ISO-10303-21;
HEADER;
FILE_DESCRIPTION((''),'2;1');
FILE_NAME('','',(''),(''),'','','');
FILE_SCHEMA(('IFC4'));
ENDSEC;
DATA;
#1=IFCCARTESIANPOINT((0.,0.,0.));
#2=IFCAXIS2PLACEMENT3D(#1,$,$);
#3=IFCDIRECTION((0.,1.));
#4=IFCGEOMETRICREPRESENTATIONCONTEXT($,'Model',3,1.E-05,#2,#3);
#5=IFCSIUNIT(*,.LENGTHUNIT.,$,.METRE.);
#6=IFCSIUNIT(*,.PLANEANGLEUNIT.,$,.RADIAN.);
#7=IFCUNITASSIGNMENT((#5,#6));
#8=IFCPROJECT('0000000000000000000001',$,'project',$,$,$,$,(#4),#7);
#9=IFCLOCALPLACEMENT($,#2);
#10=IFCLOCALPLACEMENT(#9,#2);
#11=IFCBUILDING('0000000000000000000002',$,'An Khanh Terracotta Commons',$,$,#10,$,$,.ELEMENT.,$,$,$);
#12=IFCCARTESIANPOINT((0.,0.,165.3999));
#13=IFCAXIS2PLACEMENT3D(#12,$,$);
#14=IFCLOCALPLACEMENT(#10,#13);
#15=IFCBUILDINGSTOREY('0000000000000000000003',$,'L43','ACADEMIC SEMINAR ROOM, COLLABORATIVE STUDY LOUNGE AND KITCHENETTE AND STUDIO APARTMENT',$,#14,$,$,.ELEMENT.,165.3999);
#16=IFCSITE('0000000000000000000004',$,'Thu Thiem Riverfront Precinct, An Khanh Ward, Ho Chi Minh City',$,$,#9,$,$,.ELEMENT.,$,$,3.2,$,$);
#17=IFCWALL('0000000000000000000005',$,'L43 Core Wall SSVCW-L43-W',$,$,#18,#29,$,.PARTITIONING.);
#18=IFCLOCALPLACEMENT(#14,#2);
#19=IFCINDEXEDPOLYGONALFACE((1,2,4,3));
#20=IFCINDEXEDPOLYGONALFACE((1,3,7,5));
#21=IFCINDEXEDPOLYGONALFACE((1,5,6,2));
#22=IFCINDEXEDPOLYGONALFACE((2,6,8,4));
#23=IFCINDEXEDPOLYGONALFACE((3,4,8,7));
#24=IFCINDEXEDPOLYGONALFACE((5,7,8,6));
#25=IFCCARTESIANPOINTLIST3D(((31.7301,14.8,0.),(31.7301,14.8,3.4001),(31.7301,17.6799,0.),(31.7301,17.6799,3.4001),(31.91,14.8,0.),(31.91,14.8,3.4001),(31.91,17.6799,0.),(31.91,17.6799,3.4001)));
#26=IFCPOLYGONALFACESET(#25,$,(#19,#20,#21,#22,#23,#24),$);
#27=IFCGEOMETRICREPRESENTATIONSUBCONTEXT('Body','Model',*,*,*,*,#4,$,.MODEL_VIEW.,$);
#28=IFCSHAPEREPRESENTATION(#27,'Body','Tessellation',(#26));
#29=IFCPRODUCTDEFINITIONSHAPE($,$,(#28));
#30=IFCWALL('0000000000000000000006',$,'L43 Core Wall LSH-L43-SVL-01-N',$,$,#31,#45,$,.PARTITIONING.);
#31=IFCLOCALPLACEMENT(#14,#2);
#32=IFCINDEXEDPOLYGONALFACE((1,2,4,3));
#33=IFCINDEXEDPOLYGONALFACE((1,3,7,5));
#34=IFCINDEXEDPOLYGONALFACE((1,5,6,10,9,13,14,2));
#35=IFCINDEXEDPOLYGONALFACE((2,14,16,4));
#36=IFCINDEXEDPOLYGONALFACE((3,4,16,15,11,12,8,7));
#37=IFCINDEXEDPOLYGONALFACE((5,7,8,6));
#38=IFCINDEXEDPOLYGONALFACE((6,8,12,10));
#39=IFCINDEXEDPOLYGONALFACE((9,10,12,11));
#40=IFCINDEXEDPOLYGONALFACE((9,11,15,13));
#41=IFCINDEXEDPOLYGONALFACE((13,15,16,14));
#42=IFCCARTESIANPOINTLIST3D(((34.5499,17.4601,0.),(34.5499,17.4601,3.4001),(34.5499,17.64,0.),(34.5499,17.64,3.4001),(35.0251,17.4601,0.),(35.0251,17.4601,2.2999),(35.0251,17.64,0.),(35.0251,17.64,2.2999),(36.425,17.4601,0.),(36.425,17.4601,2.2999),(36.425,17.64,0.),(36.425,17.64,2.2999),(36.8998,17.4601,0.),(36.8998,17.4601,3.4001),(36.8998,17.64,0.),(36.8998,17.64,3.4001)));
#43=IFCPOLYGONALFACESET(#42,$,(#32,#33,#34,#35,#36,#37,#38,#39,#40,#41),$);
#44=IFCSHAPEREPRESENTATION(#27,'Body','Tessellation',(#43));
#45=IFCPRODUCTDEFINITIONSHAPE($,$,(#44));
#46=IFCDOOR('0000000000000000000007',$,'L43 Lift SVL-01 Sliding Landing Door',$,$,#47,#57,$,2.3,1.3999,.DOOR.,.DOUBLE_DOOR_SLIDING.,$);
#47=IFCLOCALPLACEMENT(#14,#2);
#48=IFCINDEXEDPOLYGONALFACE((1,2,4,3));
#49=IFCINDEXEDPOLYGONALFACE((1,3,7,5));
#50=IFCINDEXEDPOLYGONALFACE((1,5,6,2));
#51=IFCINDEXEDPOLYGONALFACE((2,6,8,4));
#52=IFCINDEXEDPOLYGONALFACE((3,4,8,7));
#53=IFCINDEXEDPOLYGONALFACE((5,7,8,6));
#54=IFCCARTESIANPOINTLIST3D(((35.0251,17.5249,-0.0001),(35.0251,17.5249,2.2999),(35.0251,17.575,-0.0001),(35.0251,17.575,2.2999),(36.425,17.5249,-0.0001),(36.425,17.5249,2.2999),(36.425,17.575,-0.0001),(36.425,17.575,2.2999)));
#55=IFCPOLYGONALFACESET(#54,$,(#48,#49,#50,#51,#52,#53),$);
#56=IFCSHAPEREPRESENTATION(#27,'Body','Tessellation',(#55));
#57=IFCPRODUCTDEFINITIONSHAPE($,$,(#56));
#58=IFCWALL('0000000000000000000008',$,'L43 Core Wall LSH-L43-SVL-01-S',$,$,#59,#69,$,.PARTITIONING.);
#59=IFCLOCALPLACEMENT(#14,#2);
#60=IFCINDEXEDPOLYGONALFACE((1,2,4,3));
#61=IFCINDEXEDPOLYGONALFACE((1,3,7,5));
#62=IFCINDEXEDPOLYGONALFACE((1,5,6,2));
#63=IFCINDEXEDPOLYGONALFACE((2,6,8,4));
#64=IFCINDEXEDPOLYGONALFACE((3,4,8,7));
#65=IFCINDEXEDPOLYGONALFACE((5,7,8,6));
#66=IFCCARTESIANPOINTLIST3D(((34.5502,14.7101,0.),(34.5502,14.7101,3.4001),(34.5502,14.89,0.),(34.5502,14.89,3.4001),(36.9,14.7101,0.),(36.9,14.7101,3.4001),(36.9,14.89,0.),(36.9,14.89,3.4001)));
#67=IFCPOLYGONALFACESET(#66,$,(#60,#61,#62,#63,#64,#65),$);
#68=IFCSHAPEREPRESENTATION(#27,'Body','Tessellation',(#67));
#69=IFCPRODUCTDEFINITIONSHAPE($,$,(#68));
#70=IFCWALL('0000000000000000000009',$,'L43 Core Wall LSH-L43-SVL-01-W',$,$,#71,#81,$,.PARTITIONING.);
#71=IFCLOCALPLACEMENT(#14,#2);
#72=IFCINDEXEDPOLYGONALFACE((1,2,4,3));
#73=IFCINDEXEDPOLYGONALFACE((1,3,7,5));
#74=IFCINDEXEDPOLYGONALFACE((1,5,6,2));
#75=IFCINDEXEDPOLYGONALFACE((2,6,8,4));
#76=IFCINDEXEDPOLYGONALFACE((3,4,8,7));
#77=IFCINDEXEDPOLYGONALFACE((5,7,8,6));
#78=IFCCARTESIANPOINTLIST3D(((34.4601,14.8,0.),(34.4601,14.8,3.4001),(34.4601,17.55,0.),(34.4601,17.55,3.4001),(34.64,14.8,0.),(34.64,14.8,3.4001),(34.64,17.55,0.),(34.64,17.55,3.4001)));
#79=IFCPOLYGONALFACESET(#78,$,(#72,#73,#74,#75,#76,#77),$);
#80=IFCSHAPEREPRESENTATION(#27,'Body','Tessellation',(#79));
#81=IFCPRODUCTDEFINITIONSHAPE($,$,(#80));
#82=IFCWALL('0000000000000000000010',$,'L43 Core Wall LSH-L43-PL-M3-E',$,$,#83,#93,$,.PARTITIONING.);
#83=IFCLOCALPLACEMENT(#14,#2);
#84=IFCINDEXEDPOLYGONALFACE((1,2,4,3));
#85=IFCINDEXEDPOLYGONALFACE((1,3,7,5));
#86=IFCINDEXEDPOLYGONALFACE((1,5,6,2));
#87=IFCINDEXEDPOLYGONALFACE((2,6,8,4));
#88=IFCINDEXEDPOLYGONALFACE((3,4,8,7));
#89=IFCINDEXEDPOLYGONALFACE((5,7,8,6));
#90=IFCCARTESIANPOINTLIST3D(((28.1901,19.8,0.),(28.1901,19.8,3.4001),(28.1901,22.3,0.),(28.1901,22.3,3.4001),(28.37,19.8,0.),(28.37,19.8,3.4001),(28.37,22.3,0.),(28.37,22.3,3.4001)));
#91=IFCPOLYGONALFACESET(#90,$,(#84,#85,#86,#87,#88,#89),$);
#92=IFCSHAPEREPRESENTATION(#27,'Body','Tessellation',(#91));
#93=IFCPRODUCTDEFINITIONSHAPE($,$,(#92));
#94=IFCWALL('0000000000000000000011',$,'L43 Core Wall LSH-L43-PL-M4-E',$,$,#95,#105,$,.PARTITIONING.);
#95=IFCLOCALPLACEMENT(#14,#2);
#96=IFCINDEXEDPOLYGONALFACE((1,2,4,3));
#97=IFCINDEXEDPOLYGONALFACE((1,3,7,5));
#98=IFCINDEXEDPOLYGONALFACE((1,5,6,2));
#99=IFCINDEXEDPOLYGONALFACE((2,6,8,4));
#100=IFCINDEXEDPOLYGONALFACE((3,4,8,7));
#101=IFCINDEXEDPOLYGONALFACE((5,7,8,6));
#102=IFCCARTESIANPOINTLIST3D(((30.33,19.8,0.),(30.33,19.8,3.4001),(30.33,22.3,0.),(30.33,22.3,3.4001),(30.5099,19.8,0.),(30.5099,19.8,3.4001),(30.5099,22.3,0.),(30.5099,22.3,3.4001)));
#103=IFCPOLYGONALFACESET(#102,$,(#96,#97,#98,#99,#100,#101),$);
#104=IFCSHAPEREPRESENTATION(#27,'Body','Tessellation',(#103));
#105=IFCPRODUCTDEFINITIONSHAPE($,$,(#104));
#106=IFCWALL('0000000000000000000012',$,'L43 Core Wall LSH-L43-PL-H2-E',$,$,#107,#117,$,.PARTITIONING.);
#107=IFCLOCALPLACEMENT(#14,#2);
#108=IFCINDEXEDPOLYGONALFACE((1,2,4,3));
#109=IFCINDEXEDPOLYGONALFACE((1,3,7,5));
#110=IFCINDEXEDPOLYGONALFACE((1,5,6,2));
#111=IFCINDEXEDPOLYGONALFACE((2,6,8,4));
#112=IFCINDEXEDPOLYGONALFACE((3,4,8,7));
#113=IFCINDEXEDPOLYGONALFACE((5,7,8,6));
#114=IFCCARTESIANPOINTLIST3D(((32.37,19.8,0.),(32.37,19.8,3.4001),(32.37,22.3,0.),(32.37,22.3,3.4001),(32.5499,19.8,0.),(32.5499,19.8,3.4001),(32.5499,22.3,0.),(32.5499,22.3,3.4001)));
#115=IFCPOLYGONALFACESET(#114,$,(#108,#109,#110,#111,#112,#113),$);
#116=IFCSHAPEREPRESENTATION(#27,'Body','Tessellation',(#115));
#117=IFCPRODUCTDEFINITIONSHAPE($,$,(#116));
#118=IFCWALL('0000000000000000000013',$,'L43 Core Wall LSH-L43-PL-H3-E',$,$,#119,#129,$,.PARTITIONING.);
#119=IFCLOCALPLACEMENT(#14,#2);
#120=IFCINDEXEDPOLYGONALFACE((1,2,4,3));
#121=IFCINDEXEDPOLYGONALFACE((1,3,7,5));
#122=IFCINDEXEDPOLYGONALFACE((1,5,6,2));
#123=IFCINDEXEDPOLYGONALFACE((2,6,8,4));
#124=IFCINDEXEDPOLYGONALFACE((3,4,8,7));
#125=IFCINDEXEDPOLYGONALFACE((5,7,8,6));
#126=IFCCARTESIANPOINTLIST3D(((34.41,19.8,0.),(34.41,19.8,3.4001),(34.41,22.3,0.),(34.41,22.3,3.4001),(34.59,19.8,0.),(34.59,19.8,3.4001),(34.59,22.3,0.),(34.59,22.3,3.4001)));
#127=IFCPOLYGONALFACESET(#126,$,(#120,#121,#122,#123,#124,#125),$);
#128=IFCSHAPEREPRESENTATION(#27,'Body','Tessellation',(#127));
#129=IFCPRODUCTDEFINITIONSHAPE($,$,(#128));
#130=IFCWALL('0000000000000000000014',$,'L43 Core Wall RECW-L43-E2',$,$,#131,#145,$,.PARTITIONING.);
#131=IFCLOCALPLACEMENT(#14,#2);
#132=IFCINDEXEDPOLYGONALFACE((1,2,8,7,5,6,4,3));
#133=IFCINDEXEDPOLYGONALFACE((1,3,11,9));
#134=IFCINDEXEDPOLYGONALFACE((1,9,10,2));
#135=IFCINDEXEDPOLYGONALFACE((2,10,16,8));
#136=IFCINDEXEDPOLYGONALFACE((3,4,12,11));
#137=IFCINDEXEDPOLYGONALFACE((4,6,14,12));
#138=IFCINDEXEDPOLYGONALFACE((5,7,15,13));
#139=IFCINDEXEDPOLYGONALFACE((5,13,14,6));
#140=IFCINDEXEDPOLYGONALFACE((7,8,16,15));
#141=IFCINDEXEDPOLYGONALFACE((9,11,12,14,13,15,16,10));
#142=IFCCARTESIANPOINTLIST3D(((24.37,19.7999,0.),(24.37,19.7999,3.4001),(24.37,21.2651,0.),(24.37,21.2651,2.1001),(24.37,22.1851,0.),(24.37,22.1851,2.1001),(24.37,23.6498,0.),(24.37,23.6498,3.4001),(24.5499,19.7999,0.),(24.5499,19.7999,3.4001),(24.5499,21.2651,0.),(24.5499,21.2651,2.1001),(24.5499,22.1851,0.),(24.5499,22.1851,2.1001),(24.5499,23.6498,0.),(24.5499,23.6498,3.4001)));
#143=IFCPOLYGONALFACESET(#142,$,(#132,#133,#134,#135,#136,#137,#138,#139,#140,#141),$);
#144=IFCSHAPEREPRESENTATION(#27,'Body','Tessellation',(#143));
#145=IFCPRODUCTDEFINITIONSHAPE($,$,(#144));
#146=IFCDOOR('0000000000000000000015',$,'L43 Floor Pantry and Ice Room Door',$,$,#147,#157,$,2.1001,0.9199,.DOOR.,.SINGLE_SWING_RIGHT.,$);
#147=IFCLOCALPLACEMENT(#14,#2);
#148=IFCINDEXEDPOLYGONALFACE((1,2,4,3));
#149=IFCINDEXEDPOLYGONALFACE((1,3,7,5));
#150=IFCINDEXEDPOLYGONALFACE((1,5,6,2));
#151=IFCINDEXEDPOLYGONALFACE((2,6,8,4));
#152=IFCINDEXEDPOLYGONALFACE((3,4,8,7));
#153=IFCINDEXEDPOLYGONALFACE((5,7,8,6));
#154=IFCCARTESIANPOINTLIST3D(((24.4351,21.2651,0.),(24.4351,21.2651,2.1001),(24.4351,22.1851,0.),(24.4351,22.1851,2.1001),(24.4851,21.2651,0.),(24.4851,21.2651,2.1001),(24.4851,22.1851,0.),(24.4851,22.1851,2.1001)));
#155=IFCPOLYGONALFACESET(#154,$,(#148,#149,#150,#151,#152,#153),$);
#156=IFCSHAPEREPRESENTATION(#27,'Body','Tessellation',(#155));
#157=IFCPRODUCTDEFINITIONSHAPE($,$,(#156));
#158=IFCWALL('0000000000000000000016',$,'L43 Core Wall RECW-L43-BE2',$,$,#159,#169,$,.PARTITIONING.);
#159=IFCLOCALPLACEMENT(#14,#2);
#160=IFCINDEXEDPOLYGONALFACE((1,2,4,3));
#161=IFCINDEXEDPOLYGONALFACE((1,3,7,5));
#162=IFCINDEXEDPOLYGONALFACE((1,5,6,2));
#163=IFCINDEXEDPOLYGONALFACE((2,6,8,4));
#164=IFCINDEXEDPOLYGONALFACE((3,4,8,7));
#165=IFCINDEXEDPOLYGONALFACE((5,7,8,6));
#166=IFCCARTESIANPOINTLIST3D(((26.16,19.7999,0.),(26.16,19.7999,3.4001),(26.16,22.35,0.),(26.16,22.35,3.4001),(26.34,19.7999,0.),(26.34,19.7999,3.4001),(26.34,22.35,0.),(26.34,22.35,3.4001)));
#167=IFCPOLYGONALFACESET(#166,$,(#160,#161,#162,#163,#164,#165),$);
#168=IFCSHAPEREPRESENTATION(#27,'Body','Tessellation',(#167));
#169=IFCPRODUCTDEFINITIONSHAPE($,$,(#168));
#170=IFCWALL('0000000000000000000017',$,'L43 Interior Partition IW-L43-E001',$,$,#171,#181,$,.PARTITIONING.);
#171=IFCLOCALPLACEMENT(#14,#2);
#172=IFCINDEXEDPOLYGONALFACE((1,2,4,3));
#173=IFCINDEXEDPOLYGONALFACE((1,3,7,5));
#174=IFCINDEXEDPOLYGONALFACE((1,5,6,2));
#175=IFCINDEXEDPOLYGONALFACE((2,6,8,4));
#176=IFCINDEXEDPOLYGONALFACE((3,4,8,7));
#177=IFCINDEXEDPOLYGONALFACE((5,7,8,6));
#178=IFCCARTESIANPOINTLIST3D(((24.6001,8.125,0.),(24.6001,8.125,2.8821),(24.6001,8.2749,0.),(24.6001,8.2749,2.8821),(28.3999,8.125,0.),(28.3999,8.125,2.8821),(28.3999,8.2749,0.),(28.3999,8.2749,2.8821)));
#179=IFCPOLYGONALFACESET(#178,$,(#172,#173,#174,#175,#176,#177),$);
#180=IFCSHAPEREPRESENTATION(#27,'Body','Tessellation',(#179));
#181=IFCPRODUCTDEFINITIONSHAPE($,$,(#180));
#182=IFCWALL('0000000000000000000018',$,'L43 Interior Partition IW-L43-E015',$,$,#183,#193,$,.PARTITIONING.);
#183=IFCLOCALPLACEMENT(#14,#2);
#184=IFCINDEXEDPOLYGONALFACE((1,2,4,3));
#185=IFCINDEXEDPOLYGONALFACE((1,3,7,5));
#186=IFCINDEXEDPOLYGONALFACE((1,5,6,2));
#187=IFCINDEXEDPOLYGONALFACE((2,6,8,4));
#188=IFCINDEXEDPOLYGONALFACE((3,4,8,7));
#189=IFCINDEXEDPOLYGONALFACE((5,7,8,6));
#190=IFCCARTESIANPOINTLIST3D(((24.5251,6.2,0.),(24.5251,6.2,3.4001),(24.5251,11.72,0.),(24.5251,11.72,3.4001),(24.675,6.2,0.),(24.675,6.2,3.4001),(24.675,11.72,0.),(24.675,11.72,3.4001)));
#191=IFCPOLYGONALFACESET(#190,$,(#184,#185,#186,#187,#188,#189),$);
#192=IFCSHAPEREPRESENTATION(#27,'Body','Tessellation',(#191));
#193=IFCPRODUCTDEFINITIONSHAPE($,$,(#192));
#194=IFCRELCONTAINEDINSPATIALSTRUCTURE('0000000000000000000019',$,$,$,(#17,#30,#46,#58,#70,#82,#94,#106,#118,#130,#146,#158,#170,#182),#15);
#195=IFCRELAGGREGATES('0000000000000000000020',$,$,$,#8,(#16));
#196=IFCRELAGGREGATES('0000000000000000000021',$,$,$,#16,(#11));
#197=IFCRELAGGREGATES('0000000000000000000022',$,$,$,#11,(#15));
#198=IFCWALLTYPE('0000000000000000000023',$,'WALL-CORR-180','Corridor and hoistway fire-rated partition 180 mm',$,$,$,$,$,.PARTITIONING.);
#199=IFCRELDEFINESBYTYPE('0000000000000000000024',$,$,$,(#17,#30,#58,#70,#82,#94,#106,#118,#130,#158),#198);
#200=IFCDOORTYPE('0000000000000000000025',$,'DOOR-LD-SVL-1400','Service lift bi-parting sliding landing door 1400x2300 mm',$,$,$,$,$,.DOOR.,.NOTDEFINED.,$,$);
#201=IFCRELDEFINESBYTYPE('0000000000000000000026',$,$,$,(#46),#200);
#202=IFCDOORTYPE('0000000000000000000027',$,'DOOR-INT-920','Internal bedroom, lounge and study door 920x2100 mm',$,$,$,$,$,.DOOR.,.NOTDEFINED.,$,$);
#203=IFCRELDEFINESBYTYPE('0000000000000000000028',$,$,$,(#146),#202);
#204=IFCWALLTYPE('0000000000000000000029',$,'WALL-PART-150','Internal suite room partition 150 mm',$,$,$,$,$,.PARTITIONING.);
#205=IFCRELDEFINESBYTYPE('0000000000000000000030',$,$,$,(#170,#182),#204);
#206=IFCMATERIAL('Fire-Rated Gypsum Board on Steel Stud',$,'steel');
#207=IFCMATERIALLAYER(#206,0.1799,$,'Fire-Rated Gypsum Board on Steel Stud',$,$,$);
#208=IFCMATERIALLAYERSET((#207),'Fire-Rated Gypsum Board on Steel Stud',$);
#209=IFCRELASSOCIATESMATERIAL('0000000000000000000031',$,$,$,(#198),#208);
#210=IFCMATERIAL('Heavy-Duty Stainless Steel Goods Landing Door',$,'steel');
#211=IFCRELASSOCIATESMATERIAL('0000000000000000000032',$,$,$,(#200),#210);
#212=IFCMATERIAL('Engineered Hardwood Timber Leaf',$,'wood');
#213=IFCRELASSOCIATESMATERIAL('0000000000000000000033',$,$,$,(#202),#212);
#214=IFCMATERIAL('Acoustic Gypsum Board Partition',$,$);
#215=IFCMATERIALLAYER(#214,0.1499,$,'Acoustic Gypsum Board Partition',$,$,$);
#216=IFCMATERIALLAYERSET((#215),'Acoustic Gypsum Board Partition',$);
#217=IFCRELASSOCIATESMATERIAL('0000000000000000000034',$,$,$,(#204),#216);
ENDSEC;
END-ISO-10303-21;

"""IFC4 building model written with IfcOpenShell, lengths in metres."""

from ifc_helpers import new_model, si_unit, direction, frame, frame_2d, origin, place, context, subcontext, project, spatial, rectangle, extrude, material, layer, layer_set, type_object, element, fill, save


model = new_model("IFC4")

# Units and contexts
model_context = context("Model", 3, precision=1e-05, world=origin(), true_north=direction((0.0, 1.0)))
body_context = subcontext(model_context, "Body", "Model", "MODEL_VIEW")
ifc_project = project(units=[si_unit("LENGTHUNIT", "METRE"), si_unit("PLANEANGLEUNIT", "RADIAN")], contexts=[model_context])

# Site, building, storey
site_placement = place(None, origin())
site = spatial("IfcSite", under=ifc_project, at=site_placement, Name="Thu Thiem Riverfront Precinct, An Khanh Ward, Ho Chi Minh City", CompositionType="ELEMENT", RefElevation=3.2)
building_placement = place(site_placement, origin())
building = spatial("IfcBuilding", under=site, at=building_placement, Name="An Khanh Terracotta Commons", CompositionType="ELEMENT")
storey_placement = place(building_placement, frame((0.0, 0.0, 165.3999)))
storey = spatial("IfcBuildingStorey", under=building, at=storey_placement, Name="L43", Description="ACADEMIC SEMINAR ROOM, COLLABORATIVE STUDY LOUNGE AND KITCHENETTE AND STUDIO APARTMENT", CompositionType="ELEMENT", Elevation=165.3999)

# Shared definitions
ifc_material_1 = material(Name="Fire-Rated Gypsum Board on Steel Stud", Category="steel")
ifc_layer_1 = layer(ifc_material_1, 0.1799, Name="Fire-Rated Gypsum Board on Steel Stud")
ifc_layer_set_1 = layer_set([ifc_layer_1], Name="Fire-Rated Gypsum Board on Steel Stud")
wall_type_1 = type_object("IfcWallType", Name="WALL-CORR-180", Description="Corridor and hoistway fire-rated partition 180 mm", PredefinedType="PARTITIONING", material=ifc_layer_set_1)

# Wall
wall_1_placement = place(storey_placement, frame((31.8201, 14.8, 0.0), z_axis=(0.0, 0.0, 1.0), x_axis=(0.0, 1.0, 0.0)))
element("IfcWall", 1, at=wall_1_placement, inside=storey, type_object=wall_type_1, Name="L43 Core Wall SSVCW-L43-W", PredefinedType="PARTITIONING", context=body_context, shape_type="SweptSolid", body=[
    extrude(rectangle(XDim=2.8799, YDim=0.1799, at=frame_2d((1.4399, 0.0))), origin(), (0.0, 0.0, 1.0), 3.4001),
])

# Wall, opening, door
wall_2_placement = place(storey_placement, frame((34.55, 17.55, 0.0), z_axis=(0.0, 0.0, 1.0), x_axis=(1.0, 0.0, 0.0)))
wall_2 = element("IfcWall", 2, at=wall_2_placement, inside=storey, type_object=wall_type_1, Name="L43 Core Wall LSH-L43-SVL-01-N", PredefinedType="PARTITIONING", context=body_context, shape_type="SweptSolid", body=[
    extrude(rectangle(XDim=2.3499, YDim=0.1799, at=frame_2d((1.1748, 0.0))), origin(), (0.0, 0.0, 1.0), 3.4001),
])
opening_1_placement = place(wall_2_placement, frame((0.4751, 0.0, 0.0)))
opening_1 = element("IfcOpeningElement", 3, at=opening_1_placement, cuts=wall_2, PredefinedType="OPENING", context=body_context, shape_type="SweptSolid", body=[
    extrude(rectangle(XDim=1.3999, YDim=2.3, at=frame_2d((0.7, 1.1499))), frame((0.0, 0.0999, 0.0), z_axis=(0.0, -1.0, 0.0), x_axis=(1.0, 0.0, 0.0)), (0.0, 0.0, 1.0), 0.2),
])
ifc_material_2 = material(Name="Heavy-Duty Stainless Steel Goods Landing Door", Category="steel")
door_type_1 = type_object("IfcDoorType", Name="DOOR-LD-SVL-1400", Description="Service lift bi-parting sliding landing door 1400x2300 mm", OperationType="NOTDEFINED", PredefinedType="DOOR", material=ifc_material_2)
door_1_placement = place(opening_1_placement, origin())
door_1 = element("IfcDoor", 4, at=door_1_placement, inside=storey, type_object=door_type_1, Name="L43 Lift SVL-01 Sliding Landing Door", OperationType="DOUBLE_DOOR_SLIDING", OverallHeight=2.3, OverallWidth=1.3999, PredefinedType="DOOR", context=body_context, shape_type="SweptSolid", body=[
    extrude(rectangle(XDim=1.3999, YDim=2.3, at=frame_2d((0.7, 1.1499))), frame((0.0, 0.0249, 0.0), z_axis=(0.0, -1.0, 0.0), x_axis=(1.0, 0.0, 0.0)), (0.0, 0.0, 1.0), 0.05),
])
fill(opening_1, door_1)

# Walls
wall_3_placement = place(storey_placement, frame((36.8999, 14.8, 0.0), z_axis=(0.0, 0.0, 1.0), x_axis=(-1.0, 0.0, 0.0)))
element("IfcWall", 5, at=wall_3_placement, inside=storey, type_object=wall_type_1, Name="L43 Core Wall LSH-L43-SVL-01-S", PredefinedType="PARTITIONING", context=body_context, shape_type="SweptSolid", body=[
    extrude(rectangle(XDim=2.3499, YDim=0.1799, at=frame_2d((1.1748, 0.0))), origin(), (0.0, 0.0, 1.0), 3.4001),
])
wall_4_placement = place(storey_placement, frame((34.55, 17.55, 0.0), z_axis=(0.0, 0.0, 1.0), x_axis=(0.0, -1.0, 0.0)))
element("IfcWall", 6, at=wall_4_placement, inside=storey, type_object=wall_type_1, Name="L43 Core Wall LSH-L43-SVL-01-W", PredefinedType="PARTITIONING", context=body_context, shape_type="SweptSolid", body=[
    extrude(rectangle(XDim=2.75, YDim=0.1799, at=frame_2d((1.375, 0.0))), origin(), (0.0, 0.0, 1.0), 3.4001),
])
for number, where, z_axis, x_axis, name in (
    (7, (28.28, 19.8, 0.0), (0.0, 0.0, 1.0), (0.0, 1.0, 0.0), "L43 Core Wall LSH-L43-PL-M3-E"),
    (8, (30.4199, 19.8, 0.0), (0.0, 0.0, 1.0), (0.0, 1.0, 0.0), "L43 Core Wall LSH-L43-PL-M4-E"),
    (9, (32.46, 19.8, 0.0), (0.0, 0.0, 1.0), (0.0, 1.0, 0.0), "L43 Core Wall LSH-L43-PL-H2-E"),
    (10, (34.5, 19.8, 0.0), (0.0, 0.0, 1.0), (0.0, 1.0, 0.0), "L43 Core Wall LSH-L43-PL-H3-E"),
):
    element("IfcWall", number, at=place(storey_placement, frame(where, z_axis=z_axis, x_axis=x_axis)), inside=storey, type_object=wall_type_1, Name=name, PredefinedType="PARTITIONING", context=body_context, shape_type="SweptSolid", body=[
        extrude(rectangle(XDim=2.5, YDim=0.1799, at=frame_2d((1.25, 0.0))), origin(), (0.0, 0.0, 1.0), 3.4001),
    ])

# Wall, opening, door
wall_5_placement = place(storey_placement, frame((24.46, 19.8, 0.0), z_axis=(0.0, 0.0, 1.0), x_axis=(0.0, 1.0, 0.0)))
wall_5 = element("IfcWall", 11, at=wall_5_placement, inside=storey, type_object=wall_type_1, Name="L43 Core Wall RECW-L43-E2", PredefinedType="PARTITIONING", context=body_context, shape_type="SweptSolid", body=[
    extrude(rectangle(XDim=3.8499, YDim=0.1799, at=frame_2d((1.9248, 0.0))), origin(), (0.0, 0.0, 1.0), 3.4001),
])
opening_2_placement = place(wall_5_placement, frame((1.4651, 0.0, 0.0)))
opening_2 = element("IfcOpeningElement", 12, at=opening_2_placement, cuts=wall_5, PredefinedType="OPENING", context=body_context, shape_type="SweptSolid", body=[
    extrude(rectangle(XDim=0.9199, YDim=2.1001, at=frame_2d((0.46, 1.05))), frame((0.0, 0.0999, 0.0), z_axis=(0.0, -1.0, 0.0), x_axis=(1.0, 0.0, 0.0)), (0.0, 0.0, 1.0), 0.2),
])
ifc_material_3 = material(Name="Engineered Hardwood Timber Leaf", Category="wood")
door_type_2 = type_object("IfcDoorType", Name="DOOR-INT-920", Description="Internal bedroom, lounge and study door 920x2100 mm", OperationType="NOTDEFINED", PredefinedType="DOOR", material=ifc_material_3)
door_2_placement = place(opening_2_placement, origin())
door_2 = element("IfcDoor", 13, at=door_2_placement, inside=storey, type_object=door_type_2, Name="L43 Floor Pantry and Ice Room Door", OperationType="SINGLE_SWING_RIGHT", OverallHeight=2.1001, OverallWidth=0.9199, PredefinedType="DOOR", context=body_context, shape_type="SweptSolid", body=[
    extrude(rectangle(XDim=0.9199, YDim=2.1001, at=frame_2d((0.46, 1.05))), frame((0.0, 0.0249, 0.0), z_axis=(0.0, -1.0, 0.0), x_axis=(1.0, 0.0, 0.0)), (0.0, 0.0, 1.0), 0.05),
])
fill(opening_2, door_2)

# Walls
wall_6_placement = place(storey_placement, frame((26.25, 19.8, 0.0), z_axis=(0.0, 0.0, 1.0), x_axis=(0.0, 1.0, 0.0)))
element("IfcWall", 14, at=wall_6_placement, inside=storey, type_object=wall_type_1, Name="L43 Core Wall RECW-L43-BE2", PredefinedType="PARTITIONING", context=body_context, shape_type="SweptSolid", body=[
    extrude(rectangle(XDim=2.55, YDim=0.1799, at=frame_2d((1.2749, 0.0))), origin(), (0.0, 0.0, 1.0), 3.4001),
])
ifc_material_4 = material(Name="Acoustic Gypsum Board Partition")
ifc_layer_2 = layer(ifc_material_4, 0.1499, Name="Acoustic Gypsum Board Partition")
ifc_layer_set_2 = layer_set([ifc_layer_2], Name="Acoustic Gypsum Board Partition")
wall_type_2 = type_object("IfcWallType", Name="WALL-PART-150", Description="Internal suite room partition 150 mm", PredefinedType="PARTITIONING", material=ifc_layer_set_2)
wall_7_placement = place(storey_placement, frame((24.6001, 8.2, 0.0), z_axis=(0.0, 0.0, 1.0), x_axis=(1.0, 0.0, 0.0)))
element("IfcWall", 15, at=wall_7_placement, inside=storey, type_object=wall_type_2, Name="L43 Interior Partition IW-L43-E001", PredefinedType="PARTITIONING", context=body_context, shape_type="SweptSolid", body=[
    extrude(rectangle(XDim=3.7998, YDim=0.1499, at=frame_2d((1.8999, 0.0))), origin(), (0.0, 0.0, 1.0), 2.8821),
])
for number, where, z_axis, x_axis, name in (
    (16, (24.6001, 6.2, 0.0), (0.0, 0.0, 1.0), (0.0, 1.0, 0.0), "L43 Interior Partition IW-L43-E015"),
):
    element("IfcWall", number, at=place(storey_placement, frame(where, z_axis=z_axis, x_axis=x_axis)), inside=storey, type_object=wall_type_2, Name=name, PredefinedType="PARTITIONING", context=body_context, shape_type="SweptSolid", body=[
        extrude(rectangle(XDim=5.52, YDim=0.1499, at=frame_2d((2.76, 0.0))), origin(), (0.0, 0.0, 1.0), 3.4001),
    ])

save(model, "model.ifc")
